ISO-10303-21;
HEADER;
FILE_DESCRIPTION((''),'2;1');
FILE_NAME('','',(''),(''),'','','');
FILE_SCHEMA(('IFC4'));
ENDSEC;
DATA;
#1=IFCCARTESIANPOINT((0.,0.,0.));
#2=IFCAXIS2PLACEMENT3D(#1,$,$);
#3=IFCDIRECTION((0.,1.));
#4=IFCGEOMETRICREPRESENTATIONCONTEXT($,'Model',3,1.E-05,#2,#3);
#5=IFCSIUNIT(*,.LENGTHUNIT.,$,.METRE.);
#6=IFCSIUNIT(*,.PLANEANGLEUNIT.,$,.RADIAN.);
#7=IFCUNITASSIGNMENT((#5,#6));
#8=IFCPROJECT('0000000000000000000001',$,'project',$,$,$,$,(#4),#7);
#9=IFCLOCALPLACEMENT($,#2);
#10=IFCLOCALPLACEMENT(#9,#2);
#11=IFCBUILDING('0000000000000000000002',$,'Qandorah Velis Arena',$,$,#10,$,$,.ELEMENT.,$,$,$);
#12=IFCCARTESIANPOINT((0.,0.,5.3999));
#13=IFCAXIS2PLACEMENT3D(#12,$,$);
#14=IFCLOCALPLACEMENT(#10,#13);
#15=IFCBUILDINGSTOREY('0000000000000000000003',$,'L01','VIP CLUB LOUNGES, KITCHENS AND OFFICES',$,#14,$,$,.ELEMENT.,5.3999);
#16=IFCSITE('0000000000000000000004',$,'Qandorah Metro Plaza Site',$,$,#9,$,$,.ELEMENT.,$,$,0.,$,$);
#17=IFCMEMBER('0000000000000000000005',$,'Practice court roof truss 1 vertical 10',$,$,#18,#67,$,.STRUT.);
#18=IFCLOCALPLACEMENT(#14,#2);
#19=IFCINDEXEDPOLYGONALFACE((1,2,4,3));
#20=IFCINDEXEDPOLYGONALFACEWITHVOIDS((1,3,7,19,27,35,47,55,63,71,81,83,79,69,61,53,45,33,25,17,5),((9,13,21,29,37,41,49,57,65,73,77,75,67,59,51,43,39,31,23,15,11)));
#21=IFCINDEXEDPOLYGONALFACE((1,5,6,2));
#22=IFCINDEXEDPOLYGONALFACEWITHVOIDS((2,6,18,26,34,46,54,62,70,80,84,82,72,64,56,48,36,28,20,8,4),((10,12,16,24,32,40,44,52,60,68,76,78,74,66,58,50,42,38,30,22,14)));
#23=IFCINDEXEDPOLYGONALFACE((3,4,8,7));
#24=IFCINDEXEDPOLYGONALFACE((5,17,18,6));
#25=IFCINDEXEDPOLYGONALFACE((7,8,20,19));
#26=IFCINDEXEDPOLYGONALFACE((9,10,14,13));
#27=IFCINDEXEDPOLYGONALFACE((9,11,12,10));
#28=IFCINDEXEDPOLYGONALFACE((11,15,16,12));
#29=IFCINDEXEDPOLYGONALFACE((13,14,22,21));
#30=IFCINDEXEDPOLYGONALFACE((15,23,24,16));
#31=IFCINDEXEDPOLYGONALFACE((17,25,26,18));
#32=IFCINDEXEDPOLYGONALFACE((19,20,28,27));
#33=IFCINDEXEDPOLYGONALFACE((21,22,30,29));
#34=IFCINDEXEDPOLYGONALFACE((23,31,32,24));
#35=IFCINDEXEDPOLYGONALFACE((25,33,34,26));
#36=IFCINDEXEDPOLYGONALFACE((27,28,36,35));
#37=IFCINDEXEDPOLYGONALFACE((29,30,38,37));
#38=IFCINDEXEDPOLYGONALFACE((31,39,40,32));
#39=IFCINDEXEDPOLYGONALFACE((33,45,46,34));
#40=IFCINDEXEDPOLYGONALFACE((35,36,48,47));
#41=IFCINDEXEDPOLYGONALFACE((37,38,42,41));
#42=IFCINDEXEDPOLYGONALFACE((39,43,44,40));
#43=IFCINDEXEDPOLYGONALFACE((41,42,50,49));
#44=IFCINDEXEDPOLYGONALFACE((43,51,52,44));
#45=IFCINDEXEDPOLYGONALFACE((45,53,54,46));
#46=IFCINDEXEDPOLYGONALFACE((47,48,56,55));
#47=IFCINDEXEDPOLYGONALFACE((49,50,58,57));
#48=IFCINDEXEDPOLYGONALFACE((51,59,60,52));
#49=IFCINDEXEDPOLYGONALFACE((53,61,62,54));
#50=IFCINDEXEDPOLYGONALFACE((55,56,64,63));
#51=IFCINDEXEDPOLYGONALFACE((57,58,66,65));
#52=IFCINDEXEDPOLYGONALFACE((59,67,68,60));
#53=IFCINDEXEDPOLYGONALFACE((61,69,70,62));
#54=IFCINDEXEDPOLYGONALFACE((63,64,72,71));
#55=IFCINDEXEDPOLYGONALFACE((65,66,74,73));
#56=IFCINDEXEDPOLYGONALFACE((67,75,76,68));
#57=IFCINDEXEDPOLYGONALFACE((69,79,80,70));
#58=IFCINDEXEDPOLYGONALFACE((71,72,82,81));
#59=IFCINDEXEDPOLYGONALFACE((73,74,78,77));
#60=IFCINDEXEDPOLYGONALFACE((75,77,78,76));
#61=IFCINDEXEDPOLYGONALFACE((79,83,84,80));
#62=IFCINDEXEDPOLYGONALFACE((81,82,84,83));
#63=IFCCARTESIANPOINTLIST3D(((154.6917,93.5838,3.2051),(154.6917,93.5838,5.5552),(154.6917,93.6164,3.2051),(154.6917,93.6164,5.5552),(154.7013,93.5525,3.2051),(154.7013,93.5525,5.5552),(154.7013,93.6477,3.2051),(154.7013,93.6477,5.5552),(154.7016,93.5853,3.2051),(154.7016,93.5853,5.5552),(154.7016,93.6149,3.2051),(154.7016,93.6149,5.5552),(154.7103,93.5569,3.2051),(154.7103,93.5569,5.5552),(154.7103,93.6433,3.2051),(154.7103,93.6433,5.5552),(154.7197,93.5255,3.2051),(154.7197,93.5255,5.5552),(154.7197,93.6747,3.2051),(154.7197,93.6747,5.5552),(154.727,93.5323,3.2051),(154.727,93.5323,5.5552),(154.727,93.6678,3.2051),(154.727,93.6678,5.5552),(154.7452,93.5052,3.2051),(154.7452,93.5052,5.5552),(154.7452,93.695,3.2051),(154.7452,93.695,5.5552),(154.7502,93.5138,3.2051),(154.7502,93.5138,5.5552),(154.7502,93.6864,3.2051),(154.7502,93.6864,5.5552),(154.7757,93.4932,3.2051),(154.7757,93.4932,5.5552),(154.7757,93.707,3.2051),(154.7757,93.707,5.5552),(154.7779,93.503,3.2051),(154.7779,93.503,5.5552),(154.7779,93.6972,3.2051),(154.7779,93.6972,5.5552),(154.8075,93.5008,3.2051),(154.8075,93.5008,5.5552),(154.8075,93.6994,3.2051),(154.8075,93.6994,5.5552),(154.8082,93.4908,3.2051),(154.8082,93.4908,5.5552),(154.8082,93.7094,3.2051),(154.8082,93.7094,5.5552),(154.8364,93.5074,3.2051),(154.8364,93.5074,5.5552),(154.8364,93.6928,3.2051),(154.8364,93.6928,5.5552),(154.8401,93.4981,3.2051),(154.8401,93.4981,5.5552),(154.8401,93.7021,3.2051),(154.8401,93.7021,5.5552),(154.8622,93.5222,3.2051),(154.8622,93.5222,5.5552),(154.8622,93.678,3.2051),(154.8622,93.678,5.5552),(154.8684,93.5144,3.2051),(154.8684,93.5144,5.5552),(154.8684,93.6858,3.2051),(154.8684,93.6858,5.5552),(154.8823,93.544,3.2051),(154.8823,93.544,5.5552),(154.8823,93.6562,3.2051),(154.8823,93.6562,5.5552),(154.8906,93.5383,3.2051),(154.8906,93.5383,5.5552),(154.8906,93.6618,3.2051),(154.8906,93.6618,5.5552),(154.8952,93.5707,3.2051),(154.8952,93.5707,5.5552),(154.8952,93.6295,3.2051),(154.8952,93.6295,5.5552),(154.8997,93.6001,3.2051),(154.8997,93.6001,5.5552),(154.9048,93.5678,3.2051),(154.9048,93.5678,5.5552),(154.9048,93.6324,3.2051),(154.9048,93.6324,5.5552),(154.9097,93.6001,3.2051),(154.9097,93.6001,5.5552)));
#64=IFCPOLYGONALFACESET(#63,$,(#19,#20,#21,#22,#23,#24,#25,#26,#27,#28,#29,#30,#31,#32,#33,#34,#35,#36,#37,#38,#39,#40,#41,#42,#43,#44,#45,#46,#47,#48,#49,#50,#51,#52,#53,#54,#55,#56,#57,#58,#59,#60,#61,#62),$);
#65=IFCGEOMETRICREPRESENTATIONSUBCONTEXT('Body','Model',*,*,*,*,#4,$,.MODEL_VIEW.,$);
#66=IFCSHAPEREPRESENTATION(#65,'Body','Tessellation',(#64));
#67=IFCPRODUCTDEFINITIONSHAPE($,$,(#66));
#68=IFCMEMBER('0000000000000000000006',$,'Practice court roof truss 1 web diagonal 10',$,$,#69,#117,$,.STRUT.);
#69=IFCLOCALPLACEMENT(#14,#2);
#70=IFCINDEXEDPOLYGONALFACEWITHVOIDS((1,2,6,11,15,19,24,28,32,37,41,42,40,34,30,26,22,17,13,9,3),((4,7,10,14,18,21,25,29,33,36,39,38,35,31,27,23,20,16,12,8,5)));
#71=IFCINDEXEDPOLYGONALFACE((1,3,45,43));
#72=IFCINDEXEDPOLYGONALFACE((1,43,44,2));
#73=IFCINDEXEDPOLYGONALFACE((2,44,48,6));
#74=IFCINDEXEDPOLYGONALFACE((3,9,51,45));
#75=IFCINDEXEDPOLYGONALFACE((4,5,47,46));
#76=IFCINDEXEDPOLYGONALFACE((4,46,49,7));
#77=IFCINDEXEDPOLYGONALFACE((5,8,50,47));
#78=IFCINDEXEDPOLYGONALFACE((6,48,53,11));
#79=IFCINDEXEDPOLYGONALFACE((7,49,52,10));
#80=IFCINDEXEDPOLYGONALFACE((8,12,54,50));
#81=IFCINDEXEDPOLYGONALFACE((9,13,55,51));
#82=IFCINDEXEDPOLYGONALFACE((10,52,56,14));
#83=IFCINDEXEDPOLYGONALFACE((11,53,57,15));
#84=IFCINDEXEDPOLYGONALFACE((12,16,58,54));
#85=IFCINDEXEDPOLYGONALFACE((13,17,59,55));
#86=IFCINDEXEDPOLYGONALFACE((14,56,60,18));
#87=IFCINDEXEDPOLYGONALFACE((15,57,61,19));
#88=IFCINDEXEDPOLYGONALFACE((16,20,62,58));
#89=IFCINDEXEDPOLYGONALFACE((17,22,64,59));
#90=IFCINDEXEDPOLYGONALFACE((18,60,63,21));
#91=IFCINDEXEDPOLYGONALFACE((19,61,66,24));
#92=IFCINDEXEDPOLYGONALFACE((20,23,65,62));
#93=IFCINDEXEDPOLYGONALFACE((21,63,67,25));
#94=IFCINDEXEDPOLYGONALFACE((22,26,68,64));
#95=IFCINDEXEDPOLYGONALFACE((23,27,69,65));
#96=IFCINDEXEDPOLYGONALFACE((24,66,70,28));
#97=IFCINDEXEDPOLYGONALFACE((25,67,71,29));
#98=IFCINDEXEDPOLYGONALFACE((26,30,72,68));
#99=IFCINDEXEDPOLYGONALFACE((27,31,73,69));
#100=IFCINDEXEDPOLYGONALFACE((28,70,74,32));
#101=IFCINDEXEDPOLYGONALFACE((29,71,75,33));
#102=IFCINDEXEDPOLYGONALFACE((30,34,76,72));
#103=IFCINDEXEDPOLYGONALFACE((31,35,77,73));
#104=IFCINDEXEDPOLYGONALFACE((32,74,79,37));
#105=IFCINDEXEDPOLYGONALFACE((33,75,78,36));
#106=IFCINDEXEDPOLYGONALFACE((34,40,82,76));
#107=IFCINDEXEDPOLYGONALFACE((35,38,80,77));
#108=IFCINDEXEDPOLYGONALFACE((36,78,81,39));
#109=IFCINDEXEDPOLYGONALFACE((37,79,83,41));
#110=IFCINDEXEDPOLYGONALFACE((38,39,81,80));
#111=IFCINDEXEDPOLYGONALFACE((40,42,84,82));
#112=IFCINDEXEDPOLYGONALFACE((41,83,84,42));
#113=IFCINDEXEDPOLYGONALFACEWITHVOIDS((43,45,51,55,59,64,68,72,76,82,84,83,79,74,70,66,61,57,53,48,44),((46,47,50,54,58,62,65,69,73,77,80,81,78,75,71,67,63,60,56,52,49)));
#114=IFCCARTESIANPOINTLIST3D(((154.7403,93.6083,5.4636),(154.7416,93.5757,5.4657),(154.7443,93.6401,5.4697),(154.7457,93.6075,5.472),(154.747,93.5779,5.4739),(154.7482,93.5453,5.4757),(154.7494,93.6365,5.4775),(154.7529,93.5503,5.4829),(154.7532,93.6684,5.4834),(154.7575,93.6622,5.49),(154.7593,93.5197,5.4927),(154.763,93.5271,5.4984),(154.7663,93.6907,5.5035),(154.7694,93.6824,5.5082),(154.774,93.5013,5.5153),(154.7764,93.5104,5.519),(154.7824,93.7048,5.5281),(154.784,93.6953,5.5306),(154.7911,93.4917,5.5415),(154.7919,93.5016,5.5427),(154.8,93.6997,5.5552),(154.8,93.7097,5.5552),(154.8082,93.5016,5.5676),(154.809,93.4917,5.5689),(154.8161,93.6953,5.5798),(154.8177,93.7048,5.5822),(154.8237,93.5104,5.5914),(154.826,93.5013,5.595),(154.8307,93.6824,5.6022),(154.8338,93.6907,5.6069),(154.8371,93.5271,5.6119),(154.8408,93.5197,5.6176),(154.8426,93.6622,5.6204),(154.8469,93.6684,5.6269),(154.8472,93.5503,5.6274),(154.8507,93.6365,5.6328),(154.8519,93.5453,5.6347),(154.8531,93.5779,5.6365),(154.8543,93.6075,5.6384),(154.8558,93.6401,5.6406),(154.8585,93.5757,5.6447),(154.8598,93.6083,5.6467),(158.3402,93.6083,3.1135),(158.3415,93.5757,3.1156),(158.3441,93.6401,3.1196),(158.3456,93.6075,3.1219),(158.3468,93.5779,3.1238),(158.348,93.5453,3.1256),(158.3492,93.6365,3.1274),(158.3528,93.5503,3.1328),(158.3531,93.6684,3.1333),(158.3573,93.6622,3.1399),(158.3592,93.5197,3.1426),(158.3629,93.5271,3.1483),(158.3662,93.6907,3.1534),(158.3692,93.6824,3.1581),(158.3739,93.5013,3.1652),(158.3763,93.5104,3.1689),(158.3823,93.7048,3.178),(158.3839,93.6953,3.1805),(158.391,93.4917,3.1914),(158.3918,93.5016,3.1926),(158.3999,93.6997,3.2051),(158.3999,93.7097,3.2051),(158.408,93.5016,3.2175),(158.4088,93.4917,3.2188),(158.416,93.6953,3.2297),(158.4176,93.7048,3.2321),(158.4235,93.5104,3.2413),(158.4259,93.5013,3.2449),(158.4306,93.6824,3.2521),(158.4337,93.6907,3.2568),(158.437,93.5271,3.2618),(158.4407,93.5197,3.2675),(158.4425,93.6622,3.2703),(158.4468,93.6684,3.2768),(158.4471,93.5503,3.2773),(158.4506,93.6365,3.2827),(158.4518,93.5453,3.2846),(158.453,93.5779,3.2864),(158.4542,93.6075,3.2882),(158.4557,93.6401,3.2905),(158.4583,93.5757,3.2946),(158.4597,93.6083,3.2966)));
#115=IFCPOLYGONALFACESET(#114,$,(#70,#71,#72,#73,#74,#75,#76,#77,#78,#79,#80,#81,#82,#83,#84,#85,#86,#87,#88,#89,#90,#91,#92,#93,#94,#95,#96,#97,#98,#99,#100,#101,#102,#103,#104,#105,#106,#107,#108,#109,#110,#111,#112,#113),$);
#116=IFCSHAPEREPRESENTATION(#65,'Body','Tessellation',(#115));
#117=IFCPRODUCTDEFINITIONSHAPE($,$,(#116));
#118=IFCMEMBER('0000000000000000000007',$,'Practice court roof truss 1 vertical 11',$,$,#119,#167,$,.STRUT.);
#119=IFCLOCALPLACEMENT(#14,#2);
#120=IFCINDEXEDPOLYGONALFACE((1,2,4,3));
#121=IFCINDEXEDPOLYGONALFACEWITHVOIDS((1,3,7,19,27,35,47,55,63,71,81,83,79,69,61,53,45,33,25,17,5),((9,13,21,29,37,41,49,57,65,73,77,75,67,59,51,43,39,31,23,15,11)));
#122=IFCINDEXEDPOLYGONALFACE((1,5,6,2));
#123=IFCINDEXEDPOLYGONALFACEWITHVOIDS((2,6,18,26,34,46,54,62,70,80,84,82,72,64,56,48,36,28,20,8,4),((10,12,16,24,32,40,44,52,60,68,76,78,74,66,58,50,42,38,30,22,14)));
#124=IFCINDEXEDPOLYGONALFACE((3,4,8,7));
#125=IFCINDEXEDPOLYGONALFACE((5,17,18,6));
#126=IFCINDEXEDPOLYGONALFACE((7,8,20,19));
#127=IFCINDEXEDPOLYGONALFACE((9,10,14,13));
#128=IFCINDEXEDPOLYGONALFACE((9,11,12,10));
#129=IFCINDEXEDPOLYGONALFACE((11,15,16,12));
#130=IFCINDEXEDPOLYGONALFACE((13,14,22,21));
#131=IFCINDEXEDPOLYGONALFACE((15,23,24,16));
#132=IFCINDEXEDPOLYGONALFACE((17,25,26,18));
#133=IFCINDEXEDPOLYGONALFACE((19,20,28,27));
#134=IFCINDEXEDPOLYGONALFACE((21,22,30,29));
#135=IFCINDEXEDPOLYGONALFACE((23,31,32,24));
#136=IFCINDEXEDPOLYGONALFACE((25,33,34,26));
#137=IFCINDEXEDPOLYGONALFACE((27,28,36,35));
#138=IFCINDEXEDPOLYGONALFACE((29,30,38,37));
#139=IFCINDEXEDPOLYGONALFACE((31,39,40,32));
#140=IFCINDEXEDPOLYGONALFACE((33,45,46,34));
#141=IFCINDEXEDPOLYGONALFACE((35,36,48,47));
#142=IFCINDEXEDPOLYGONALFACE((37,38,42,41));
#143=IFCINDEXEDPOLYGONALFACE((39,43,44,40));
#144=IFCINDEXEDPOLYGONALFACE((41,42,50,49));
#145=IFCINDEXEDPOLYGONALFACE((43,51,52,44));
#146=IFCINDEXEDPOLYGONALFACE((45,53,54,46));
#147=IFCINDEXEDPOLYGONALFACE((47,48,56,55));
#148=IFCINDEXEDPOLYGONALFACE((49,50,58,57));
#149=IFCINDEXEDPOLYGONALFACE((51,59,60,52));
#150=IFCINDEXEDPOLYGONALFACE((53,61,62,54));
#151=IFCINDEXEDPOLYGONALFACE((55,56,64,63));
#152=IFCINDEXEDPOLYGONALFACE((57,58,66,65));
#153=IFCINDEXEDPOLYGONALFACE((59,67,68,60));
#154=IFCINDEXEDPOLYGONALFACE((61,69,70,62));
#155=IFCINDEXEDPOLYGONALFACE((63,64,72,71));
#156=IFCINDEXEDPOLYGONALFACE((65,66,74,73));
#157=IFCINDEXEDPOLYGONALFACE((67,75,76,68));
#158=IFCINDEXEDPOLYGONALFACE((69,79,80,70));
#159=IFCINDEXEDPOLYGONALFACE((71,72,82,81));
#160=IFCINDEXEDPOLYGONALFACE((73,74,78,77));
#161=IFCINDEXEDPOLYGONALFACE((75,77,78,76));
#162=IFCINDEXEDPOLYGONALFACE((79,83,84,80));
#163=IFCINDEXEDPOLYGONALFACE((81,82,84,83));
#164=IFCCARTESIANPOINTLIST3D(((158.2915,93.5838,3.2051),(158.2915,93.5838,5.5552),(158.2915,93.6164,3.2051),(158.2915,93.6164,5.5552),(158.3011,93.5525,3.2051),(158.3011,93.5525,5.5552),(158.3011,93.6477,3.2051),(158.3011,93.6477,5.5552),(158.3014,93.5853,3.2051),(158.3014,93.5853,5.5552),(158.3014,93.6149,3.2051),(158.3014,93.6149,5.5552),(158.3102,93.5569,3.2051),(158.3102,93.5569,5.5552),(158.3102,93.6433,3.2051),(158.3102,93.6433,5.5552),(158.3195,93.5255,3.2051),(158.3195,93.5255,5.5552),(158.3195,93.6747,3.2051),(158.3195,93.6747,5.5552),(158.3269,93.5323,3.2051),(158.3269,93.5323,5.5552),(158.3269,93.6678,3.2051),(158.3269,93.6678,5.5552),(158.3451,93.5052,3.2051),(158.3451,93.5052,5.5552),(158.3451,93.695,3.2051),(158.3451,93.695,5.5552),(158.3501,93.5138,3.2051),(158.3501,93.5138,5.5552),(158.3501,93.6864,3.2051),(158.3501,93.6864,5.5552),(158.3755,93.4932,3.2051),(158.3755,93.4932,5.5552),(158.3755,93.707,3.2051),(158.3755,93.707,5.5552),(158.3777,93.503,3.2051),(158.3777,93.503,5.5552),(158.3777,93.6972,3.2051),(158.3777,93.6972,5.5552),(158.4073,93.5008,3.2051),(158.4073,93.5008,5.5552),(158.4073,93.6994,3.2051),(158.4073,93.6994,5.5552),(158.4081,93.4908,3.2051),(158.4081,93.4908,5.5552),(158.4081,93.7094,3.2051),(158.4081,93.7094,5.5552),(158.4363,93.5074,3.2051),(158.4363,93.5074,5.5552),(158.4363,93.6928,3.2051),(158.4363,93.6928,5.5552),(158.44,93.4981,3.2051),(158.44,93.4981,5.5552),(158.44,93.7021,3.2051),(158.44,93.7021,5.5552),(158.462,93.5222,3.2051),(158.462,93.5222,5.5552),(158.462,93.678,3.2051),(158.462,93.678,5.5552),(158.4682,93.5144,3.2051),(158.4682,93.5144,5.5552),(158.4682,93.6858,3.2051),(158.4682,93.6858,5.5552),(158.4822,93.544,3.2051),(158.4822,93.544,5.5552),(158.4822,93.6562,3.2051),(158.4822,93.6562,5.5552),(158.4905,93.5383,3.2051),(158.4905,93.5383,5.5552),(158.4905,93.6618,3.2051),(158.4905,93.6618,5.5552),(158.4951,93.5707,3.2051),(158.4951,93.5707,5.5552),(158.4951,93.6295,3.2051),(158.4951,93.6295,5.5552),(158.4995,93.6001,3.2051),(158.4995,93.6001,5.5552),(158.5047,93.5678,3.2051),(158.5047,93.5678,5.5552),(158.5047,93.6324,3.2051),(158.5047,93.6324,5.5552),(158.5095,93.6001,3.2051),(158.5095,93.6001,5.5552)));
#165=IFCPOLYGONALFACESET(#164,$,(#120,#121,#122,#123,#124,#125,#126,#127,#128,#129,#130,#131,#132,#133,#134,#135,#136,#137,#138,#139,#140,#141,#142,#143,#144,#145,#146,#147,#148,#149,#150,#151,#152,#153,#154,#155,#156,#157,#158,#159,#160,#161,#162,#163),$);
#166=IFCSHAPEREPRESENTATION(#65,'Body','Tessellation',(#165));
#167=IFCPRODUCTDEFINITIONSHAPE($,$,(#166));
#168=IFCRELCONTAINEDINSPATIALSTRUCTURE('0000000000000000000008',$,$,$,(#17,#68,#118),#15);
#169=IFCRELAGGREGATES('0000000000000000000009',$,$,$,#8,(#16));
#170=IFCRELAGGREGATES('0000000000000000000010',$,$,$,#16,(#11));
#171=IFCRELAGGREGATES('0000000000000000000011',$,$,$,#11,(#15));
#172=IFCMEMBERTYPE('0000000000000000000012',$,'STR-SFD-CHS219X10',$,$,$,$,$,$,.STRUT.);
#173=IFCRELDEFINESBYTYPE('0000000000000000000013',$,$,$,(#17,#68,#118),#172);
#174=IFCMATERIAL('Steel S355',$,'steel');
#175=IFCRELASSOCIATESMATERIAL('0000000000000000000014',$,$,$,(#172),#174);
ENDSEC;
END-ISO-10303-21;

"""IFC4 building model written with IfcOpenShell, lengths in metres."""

from ifc_helpers import new_model, si_unit, direction, frame, origin, origin_2d, place, context, subcontext, project, spatial, hollow_circle, extrude, material, material_profile, profile_set, type_object, element, save


model = new_model("IFC4")

# Units and contexts
model_context = context("Model", 3, precision=1e-05, world=origin(), true_north=direction((0.0, 1.0)))
body_context = subcontext(model_context, "Body", "Model", "MODEL_VIEW")
ifc_project = project(units=[si_unit("LENGTHUNIT", "METRE"), si_unit("PLANEANGLEUNIT", "RADIAN")], contexts=[model_context])

# Site, building, storey
site_placement = place(None, origin())
site = spatial("IfcSite", under=ifc_project, at=site_placement, Name="Qandorah Metro Plaza Site", CompositionType="ELEMENT", RefElevation=0.0)
building_placement = place(site_placement, origin())
building = spatial("IfcBuilding", under=site, at=building_placement, Name="Qandorah Velis Arena", CompositionType="ELEMENT")
storey_placement = place(building_placement, frame((0.0, 0.0, 5.3999)))
storey = spatial("IfcBuildingStorey", under=building, at=storey_placement, Name="L01", Description="VIP CLUB LOUNGES, KITCHENS AND OFFICES", CompositionType="ELEMENT", Elevation=5.3999)

# Shared definitions
ifc_material_1 = material(Name="Steel S355", Category="steel")

# Members
ifc_material_profile_1 = material_profile(ifc_material_1, hollow_circle(Radius=0.1096, WallThickness=0.01, at=origin_2d()), Name="CHS 219.1x10")
ifc_profile_set_1 = profile_set([ifc_material_profile_1], Name="Steel S355")
member_type = type_object("IfcMemberType", Name="STR-SFD-CHS219X10", PredefinedType="STRUT", material=ifc_profile_set_1)
member_1_placement = place(storey_placement, frame((154.8, 93.6001, 3.2051), z_axis=(0.0, 0.0, 1.0), x_axis=(1.0, 0.0, 0.0)))
element("IfcMember", 1, at=member_1_placement, inside=storey, type_object=member_type, Name="Practice court roof truss 1 vertical 10", PredefinedType="STRUT", context=body_context, shape_type="SweptSolid", body=[
    extrude(hollow_circle(Radius=0.1096, WallThickness=0.01, at=origin_2d()), origin(), (0.0, 0.0, 1.0), 2.3501),
])
member_2_placement = place(storey_placement, frame((154.8, 93.6001, 5.5552), z_axis=(0.837359, 0.0, -0.546654), x_axis=(0.0, 1.0, 0.0)))
element("IfcMember", 2, at=member_2_placement, inside=storey, type_object=member_type, Name="Practice court roof truss 1 web diagonal 10", PredefinedType="STRUT", context=body_context, shape_type="SweptSolid", body=[
    extrude(hollow_circle(Radius=0.1096, WallThickness=0.01, at=origin_2d()), origin(), (0.0, 0.0, 1.0), 4.2991),
])
member_3_placement = place(storey_placement, frame((158.3999, 93.6001, 3.2051), z_axis=(0.0, 0.0, 1.0), x_axis=(1.0, 0.0, 0.0)))
element("IfcMember", 3, at=member_3_placement, inside=storey, type_object=member_type, Name="Practice court roof truss 1 vertical 11", PredefinedType="STRUT", context=body_context, shape_type="SweptSolid", body=[
    extrude(hollow_circle(Radius=0.1096, WallThickness=0.01, at=origin_2d()), origin(), (0.0, 0.0, 1.0), 2.3501),
])

save(model, "model.ifc")
